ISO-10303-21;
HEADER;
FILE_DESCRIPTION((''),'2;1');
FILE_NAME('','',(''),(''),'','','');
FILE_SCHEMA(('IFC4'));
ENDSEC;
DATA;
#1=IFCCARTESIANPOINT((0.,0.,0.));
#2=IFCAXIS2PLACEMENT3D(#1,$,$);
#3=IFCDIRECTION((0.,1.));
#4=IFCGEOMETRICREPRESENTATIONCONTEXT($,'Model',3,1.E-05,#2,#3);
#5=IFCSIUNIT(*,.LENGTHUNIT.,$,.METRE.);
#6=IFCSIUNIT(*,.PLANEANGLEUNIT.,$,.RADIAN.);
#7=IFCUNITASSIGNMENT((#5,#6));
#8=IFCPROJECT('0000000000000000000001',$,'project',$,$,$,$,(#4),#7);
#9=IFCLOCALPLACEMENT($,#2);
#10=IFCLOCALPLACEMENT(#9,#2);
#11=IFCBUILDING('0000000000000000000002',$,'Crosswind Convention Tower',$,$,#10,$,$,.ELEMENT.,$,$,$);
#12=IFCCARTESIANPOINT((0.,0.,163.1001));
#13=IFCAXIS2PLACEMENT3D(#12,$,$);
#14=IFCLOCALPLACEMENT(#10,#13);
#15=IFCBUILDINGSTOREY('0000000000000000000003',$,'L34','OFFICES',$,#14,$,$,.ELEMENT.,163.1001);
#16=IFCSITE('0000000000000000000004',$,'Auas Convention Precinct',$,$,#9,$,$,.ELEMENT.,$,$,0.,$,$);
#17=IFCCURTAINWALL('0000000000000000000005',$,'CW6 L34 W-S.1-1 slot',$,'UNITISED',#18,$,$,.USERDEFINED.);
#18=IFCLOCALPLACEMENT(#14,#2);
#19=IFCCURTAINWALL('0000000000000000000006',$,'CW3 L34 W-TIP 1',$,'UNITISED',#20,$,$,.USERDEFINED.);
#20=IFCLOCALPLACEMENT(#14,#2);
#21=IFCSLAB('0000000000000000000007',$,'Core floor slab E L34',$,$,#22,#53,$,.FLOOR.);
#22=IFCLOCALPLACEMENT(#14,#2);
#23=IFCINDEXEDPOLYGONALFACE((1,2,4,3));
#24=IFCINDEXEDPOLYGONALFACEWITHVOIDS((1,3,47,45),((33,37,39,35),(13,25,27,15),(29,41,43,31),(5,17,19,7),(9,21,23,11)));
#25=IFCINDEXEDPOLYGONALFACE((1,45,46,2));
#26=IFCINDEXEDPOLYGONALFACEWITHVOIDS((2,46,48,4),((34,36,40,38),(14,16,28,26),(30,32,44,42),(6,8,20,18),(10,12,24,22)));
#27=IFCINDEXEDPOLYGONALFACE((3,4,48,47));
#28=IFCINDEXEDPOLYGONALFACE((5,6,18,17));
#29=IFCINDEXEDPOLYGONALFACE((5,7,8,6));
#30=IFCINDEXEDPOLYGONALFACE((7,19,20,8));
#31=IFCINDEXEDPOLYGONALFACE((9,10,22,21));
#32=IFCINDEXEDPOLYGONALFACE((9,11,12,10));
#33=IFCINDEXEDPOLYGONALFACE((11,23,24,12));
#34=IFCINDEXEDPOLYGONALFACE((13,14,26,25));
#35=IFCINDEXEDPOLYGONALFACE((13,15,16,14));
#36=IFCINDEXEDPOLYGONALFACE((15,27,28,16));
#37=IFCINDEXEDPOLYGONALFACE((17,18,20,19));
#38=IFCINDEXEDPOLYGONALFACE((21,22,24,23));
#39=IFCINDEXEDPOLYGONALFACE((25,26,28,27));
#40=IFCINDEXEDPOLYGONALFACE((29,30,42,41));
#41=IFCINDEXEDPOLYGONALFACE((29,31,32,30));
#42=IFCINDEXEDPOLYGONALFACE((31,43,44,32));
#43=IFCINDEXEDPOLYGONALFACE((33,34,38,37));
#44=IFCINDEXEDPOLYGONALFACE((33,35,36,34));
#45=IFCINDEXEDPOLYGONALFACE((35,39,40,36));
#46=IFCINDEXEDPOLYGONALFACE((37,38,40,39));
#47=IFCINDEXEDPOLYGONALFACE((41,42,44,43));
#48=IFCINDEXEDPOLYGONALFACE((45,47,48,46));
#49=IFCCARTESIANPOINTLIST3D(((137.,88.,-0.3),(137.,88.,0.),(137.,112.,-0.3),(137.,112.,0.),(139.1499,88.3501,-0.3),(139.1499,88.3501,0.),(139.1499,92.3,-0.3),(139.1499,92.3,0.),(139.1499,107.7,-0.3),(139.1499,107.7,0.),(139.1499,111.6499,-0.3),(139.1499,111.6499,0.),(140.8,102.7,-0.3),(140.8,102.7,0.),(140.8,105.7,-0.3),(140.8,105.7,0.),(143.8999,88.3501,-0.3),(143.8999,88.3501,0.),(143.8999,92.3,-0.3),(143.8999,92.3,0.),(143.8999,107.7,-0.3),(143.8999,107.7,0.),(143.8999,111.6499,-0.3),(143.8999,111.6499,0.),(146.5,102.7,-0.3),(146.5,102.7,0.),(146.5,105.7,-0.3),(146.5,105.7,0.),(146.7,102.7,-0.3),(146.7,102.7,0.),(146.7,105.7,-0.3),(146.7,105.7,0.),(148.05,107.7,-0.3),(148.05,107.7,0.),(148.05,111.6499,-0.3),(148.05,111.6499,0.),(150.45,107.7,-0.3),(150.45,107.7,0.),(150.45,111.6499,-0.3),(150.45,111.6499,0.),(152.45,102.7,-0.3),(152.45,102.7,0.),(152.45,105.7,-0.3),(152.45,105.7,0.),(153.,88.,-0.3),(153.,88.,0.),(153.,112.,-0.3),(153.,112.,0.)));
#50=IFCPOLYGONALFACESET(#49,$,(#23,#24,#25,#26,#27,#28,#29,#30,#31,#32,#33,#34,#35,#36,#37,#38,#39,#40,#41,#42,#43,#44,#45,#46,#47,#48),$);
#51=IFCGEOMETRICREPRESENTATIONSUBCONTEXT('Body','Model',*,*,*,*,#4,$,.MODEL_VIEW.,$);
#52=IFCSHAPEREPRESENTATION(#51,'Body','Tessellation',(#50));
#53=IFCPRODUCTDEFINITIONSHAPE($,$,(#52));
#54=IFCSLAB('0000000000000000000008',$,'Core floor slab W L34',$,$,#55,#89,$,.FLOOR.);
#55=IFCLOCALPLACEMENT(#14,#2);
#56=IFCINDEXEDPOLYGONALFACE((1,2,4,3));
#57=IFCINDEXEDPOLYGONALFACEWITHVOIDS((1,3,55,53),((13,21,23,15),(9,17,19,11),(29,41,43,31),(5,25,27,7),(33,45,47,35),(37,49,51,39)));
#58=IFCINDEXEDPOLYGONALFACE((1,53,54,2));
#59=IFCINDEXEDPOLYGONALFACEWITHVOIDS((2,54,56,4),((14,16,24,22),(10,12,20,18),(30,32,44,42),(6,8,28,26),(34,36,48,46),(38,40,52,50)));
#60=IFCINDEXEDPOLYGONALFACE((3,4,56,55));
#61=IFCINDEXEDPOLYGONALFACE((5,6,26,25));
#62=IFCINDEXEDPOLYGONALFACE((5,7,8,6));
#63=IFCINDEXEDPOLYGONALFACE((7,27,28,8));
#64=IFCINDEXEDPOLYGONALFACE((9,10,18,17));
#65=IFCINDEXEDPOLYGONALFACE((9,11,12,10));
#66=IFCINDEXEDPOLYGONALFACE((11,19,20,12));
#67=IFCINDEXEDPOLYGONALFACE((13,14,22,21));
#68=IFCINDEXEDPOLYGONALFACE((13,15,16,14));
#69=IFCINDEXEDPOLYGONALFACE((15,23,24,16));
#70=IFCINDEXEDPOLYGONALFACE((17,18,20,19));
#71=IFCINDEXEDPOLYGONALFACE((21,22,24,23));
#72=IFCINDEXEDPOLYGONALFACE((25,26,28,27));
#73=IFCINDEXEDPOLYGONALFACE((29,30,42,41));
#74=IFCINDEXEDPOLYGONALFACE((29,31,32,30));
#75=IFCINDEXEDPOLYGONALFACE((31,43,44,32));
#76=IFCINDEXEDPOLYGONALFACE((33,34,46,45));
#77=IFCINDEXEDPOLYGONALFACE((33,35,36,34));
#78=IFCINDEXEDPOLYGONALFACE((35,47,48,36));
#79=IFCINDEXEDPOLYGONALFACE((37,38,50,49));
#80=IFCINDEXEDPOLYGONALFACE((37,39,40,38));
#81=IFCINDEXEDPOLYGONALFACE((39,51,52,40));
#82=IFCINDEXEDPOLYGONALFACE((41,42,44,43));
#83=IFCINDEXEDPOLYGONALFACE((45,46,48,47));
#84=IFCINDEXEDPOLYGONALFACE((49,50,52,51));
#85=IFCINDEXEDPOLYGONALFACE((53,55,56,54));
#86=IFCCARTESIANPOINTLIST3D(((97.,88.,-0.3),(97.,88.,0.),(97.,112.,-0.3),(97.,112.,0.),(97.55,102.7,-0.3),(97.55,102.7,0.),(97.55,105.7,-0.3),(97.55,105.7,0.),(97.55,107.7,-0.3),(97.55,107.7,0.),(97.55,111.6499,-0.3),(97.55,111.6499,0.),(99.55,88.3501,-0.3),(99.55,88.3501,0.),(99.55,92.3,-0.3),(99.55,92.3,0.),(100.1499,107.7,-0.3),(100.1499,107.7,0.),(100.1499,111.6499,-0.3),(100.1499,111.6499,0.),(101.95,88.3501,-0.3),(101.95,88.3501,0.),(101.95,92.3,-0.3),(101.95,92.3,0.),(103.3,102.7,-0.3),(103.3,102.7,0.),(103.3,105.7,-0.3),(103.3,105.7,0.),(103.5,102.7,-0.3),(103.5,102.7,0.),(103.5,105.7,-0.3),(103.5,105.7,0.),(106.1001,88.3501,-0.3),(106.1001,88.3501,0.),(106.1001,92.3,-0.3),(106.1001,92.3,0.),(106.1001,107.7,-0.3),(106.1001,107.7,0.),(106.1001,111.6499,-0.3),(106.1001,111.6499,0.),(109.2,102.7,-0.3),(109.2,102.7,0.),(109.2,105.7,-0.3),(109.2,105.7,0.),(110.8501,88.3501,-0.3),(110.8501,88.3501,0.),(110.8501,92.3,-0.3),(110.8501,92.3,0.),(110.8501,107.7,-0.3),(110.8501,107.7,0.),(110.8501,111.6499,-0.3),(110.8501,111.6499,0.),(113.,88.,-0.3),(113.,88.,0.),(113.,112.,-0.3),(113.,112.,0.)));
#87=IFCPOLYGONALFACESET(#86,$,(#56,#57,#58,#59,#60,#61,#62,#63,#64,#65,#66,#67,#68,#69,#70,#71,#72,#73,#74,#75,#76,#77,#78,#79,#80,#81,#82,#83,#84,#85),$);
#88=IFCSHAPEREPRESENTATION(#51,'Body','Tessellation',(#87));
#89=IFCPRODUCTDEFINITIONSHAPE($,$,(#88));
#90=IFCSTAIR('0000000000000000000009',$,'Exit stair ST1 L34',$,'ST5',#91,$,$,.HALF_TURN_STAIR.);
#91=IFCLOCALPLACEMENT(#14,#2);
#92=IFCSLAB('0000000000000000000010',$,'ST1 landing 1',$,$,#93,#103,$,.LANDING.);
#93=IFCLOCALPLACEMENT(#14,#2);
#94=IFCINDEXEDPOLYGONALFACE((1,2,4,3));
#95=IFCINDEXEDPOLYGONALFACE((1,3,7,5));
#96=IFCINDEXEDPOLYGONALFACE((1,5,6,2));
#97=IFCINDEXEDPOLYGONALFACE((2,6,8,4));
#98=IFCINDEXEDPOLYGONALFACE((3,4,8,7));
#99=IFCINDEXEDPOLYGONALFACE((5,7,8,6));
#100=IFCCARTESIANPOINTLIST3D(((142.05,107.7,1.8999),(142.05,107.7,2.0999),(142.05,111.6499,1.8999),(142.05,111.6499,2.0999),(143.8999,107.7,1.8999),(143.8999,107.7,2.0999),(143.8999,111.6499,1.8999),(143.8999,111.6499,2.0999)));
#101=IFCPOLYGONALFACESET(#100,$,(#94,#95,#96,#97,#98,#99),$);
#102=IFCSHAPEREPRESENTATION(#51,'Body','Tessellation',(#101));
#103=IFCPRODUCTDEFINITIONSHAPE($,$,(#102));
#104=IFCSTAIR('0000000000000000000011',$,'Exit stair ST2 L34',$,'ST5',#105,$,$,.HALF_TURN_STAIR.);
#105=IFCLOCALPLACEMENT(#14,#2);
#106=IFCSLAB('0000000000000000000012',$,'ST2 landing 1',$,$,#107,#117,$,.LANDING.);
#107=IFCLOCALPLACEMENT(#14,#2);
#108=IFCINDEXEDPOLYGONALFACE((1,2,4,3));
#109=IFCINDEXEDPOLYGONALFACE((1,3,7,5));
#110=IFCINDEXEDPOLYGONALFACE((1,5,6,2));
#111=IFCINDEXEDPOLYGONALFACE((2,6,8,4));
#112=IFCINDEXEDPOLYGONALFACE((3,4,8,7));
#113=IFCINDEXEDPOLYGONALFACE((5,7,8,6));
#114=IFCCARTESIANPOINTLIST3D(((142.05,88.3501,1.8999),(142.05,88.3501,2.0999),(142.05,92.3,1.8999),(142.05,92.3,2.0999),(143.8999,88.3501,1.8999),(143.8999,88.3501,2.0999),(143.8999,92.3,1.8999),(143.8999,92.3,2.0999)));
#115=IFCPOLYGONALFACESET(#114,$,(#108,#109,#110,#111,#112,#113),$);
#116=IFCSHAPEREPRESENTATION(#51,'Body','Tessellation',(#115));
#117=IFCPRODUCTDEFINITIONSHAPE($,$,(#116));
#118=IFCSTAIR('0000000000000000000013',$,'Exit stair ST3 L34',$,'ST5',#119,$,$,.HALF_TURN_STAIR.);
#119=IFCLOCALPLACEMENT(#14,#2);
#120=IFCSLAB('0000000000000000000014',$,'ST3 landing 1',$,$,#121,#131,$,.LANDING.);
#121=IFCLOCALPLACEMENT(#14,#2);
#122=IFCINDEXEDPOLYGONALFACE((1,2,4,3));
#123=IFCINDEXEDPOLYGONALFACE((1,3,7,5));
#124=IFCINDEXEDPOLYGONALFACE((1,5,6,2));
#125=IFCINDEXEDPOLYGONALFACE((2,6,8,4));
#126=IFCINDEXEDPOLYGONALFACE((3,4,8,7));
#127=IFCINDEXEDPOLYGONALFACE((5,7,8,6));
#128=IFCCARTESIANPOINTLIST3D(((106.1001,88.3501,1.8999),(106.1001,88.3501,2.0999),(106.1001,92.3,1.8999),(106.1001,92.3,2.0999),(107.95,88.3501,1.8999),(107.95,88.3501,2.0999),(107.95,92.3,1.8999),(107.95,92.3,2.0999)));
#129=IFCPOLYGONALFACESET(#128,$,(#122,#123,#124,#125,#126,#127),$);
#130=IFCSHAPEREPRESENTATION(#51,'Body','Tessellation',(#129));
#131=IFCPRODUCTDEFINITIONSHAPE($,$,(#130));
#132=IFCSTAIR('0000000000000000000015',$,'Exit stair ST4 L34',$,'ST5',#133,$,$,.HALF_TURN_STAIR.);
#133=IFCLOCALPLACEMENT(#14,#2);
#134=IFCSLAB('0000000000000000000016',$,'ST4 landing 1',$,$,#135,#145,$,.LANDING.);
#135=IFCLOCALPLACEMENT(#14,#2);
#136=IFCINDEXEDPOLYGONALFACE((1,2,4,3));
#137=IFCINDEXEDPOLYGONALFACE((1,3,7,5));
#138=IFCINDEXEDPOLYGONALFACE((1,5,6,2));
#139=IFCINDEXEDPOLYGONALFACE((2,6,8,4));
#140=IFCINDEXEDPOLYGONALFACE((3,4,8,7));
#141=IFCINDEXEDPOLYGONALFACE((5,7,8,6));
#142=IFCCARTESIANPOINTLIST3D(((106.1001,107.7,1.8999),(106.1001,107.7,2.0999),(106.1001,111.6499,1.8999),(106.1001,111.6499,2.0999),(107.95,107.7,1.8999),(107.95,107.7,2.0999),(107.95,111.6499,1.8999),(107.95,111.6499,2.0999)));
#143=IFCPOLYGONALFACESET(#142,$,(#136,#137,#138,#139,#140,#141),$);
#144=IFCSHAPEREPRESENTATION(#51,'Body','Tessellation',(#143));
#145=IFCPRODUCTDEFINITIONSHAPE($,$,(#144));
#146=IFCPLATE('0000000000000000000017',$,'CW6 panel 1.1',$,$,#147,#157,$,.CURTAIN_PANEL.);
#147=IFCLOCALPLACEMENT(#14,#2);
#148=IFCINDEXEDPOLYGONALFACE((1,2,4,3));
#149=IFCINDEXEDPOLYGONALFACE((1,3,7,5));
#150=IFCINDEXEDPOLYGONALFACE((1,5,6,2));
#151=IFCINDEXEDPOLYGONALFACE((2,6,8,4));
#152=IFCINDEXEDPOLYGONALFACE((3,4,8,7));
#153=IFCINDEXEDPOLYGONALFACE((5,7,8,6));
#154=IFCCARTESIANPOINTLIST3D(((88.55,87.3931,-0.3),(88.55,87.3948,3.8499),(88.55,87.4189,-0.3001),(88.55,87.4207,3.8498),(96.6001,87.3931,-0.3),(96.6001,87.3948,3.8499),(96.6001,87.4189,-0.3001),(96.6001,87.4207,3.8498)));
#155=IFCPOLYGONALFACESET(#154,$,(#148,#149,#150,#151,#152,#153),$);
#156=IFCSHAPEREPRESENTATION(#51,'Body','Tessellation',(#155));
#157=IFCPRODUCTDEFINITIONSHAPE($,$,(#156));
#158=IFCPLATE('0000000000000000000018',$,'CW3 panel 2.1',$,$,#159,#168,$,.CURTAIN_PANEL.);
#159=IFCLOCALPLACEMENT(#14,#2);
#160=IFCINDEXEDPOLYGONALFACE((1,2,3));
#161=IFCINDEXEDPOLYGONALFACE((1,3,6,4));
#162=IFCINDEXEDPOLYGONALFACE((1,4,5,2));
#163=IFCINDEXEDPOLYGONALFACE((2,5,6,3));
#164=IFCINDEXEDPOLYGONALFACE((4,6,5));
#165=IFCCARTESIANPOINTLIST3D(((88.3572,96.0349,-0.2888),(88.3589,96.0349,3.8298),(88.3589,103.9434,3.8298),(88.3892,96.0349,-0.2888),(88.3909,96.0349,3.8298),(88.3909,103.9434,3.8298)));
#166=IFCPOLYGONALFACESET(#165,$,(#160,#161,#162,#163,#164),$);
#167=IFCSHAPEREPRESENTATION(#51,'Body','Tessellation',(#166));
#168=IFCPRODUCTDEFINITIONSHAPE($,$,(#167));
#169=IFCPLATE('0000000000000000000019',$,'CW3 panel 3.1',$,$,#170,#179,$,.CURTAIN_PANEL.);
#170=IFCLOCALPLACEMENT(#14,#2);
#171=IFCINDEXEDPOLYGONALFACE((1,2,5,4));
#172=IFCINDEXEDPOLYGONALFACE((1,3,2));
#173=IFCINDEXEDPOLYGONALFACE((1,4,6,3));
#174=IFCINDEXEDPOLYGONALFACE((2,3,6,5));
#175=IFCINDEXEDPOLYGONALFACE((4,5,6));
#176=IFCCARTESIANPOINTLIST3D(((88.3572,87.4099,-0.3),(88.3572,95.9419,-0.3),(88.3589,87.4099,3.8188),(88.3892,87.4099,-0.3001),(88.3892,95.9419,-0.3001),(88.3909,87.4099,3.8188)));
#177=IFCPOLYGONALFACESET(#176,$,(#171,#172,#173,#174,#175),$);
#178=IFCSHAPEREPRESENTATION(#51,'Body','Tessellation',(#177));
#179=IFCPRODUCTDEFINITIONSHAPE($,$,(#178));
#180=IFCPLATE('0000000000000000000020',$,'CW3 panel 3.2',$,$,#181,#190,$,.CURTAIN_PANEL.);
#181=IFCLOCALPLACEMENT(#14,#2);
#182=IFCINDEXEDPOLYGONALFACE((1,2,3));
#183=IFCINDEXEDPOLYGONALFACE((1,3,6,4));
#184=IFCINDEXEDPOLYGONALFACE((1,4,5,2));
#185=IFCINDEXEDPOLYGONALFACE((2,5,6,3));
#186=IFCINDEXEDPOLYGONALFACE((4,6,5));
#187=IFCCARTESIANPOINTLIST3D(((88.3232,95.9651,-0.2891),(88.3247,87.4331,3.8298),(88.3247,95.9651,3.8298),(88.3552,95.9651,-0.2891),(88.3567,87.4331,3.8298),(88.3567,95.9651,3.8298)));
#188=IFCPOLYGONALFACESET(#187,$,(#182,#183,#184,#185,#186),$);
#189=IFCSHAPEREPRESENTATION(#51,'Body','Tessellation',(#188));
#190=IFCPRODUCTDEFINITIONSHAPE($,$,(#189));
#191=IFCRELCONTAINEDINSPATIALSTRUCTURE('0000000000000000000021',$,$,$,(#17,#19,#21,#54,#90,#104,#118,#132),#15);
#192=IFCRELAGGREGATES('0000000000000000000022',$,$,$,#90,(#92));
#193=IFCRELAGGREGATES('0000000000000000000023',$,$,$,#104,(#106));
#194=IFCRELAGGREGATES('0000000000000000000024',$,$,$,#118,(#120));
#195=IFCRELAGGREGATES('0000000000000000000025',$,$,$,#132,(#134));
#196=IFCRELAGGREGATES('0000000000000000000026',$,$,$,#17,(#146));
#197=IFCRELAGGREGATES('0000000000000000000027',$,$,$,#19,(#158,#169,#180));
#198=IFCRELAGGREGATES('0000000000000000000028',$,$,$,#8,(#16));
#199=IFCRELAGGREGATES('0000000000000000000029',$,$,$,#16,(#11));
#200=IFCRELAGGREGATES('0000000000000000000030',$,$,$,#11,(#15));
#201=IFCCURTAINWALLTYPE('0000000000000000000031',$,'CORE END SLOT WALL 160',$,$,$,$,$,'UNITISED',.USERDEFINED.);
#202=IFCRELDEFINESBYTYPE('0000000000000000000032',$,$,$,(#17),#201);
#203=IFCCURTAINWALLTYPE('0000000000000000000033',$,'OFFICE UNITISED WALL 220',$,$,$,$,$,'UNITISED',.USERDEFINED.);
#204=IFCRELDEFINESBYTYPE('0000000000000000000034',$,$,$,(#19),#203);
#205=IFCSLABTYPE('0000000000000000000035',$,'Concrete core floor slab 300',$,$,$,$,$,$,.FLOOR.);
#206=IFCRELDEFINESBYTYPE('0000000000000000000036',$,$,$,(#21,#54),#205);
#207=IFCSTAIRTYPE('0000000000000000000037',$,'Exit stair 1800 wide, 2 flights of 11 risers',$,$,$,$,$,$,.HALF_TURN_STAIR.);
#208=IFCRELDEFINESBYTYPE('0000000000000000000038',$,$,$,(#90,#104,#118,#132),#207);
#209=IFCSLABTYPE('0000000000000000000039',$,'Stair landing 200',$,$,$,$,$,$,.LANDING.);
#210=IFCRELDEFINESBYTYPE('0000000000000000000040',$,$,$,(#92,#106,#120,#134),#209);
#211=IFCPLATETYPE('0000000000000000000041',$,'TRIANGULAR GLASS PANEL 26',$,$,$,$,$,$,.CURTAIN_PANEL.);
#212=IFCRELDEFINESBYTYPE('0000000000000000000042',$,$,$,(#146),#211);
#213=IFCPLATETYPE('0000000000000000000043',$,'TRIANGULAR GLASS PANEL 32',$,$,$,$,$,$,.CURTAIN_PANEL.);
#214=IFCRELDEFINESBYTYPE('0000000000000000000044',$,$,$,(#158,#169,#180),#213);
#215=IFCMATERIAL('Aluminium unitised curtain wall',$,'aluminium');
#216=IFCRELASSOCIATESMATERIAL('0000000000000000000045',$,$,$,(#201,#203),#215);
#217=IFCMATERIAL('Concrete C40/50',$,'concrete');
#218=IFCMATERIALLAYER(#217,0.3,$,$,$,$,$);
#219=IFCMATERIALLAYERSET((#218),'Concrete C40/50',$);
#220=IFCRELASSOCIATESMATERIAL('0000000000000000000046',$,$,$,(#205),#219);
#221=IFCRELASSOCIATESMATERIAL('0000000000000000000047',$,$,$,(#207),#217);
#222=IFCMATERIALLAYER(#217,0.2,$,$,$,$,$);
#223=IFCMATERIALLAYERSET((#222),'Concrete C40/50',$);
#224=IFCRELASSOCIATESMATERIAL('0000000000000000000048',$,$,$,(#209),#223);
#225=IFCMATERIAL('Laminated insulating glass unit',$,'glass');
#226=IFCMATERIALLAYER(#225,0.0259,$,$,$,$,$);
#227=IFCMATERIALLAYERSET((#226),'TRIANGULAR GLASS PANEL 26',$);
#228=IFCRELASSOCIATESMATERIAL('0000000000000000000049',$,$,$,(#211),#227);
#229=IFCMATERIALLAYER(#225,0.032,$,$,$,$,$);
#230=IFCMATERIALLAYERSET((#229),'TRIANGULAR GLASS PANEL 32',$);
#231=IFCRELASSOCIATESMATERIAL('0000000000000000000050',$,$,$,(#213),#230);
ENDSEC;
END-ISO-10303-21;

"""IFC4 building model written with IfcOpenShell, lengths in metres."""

from ifc_helpers import new_model, si_unit, direction, frame, origin, place, context, subcontext, project, spatial, polyline, outline, extrude, material, layer, layer_set, type_object, element, aggregate, save


model = new_model("IFC4")

# Units and contexts
model_context = context("Model", 3, precision=1e-05, world=origin(), true_north=direction((0.0, 1.0)))
body_context = subcontext(model_context, "Body", "Model", "MODEL_VIEW")
ifc_project = project(units=[si_unit("LENGTHUNIT", "METRE"), si_unit("PLANEANGLEUNIT", "RADIAN")], contexts=[model_context])

# Site, building, storey
site_placement = place(None, origin())
site = spatial("IfcSite", under=ifc_project, at=site_placement, Name="Auas Convention Precinct", CompositionType="ELEMENT", RefElevation=0.0)
building_placement = place(site_placement, origin())
building = spatial("IfcBuilding", under=site, at=building_placement, Name="Crosswind Convention Tower", CompositionType="ELEMENT")
storey_placement = place(building_placement, frame((0.0, 0.0, 163.1001)))
storey = spatial("IfcBuildingStorey", under=building, at=storey_placement, Name="L34", Description="OFFICES", CompositionType="ELEMENT", Elevation=163.1001)

# Curtain wall
ifc_material_1 = material(Name="Aluminium unitised curtain wall", Category="aluminium")
curtain_wall_type_1 = type_object("IfcCurtainWallType", Name="CORE END SLOT WALL 160", ElementType="UNITISED", PredefinedType="USERDEFINED", material=ifc_material_1)
curtain_wall_1_placement = place(storey_placement, origin())
curtain_wall_1 = element("IfcCurtainWall", 1, at=curtain_wall_1_placement, inside=storey, type_object=curtain_wall_type_1, Name="CW6 L34 W-S.1-1 slot", ObjectType="UNITISED", PredefinedType="USERDEFINED")

# Curtain wall
curtain_wall_type_2 = type_object("IfcCurtainWallType", Name="OFFICE UNITISED WALL 220", ElementType="UNITISED", PredefinedType="USERDEFINED", material=ifc_material_1)
curtain_wall_2_placement = place(storey_placement, origin())
curtain_wall_2 = element("IfcCurtainWall", 2, at=curtain_wall_2_placement, inside=storey, type_object=curtain_wall_type_2, Name="CW3 L34 W-TIP 1", ObjectType="UNITISED", PredefinedType="USERDEFINED")

# Slabs
ifc_material_2 = material(Name="Concrete C40/50", Category="concrete")
ifc_layer_1 = layer(ifc_material_2, 0.3)
ifc_layer_set_1 = layer_set([ifc_layer_1], Name="Concrete C40/50")
slab_type_1 = type_object("IfcSlabType", Name="Concrete core floor slab 300", PredefinedType="FLOOR", material=ifc_layer_set_1)
slab_1_placement = place(storey_placement, frame((0.0, 0.0, -0.3)))
element("IfcSlab", 3, at=slab_1_placement, inside=storey, type_object=slab_type_1, Name="Core floor slab E L34", PredefinedType="FLOOR", context=body_context, shape_type="SweptSolid", body=[
    extrude(outline(polyline([(137.0, 88.0), (153.0, 88.0), (153.0, 112.0), (137.0, 112.0), (137.0, 88.0)]), holes=[polyline([(146.5, 102.7), (146.5, 105.7), (140.8, 105.7), (140.8, 102.7), (146.5, 102.7)]), polyline([(152.45, 102.7), (152.45, 105.7), (146.7, 105.7), (146.7, 102.7), (152.45, 102.7)]), polyline([(150.45, 107.7), (150.45, 111.6499), (148.05, 111.6499), (148.05, 107.7), (150.45, 107.7)]), polyline([(143.8999, 107.7), (143.8999, 111.6499), (139.1499, 111.6499), (139.1499, 107.7), (143.8999, 107.7)]), polyline([(143.8999, 88.3501), (143.8999, 92.3), (139.1499, 92.3), (139.1499, 88.3501), (143.8999, 88.3501)])]), origin(), (0.0, 0.0, 1.0), 0.3),
])
slab_2_placement = place(storey_placement, frame((0.0, 0.0, -0.3)))
element("IfcSlab", 4, at=slab_2_placement, inside=storey, type_object=slab_type_1, Name="Core floor slab W L34", PredefinedType="FLOOR", context=body_context, shape_type="SweptSolid", body=[
    extrude(outline(polyline([(97.0, 88.0), (113.0, 88.0), (113.0, 112.0), (97.0, 112.0), (97.0, 88.0)]), holes=[polyline([(109.2, 102.7), (109.2, 105.7), (103.5, 105.7), (103.5, 102.7), (109.2, 102.7)]), polyline([(103.3, 102.7), (103.3, 105.7), (97.55, 105.7), (97.55, 102.7), (103.3, 102.7)]), polyline([(101.95, 88.3501), (101.95, 92.3), (99.55, 92.3), (99.55, 88.3501), (101.95, 88.3501)]), polyline([(100.1499, 107.7), (100.1499, 111.6499), (97.55, 111.6499), (97.55, 107.7), (100.1499, 107.7)]), polyline([(110.8501, 88.3501), (110.8501, 92.3), (106.1001, 92.3), (106.1001, 88.3501), (110.8501, 88.3501)]), polyline([(110.8501, 107.7), (110.8501, 111.6499), (106.1001, 111.6499), (106.1001, 107.7), (110.8501, 107.7)])]), origin(), (0.0, 0.0, 1.0), 0.3),
])

# Stairs, slabs
stair_type = type_object("IfcStairType", Name="Exit stair 1800 wide, 2 flights of 11 risers", PredefinedType="HALF_TURN_STAIR", material=ifc_material_2)
stair_1_placement = place(storey_placement, origin())
stair_1 = element("IfcStair", 5, at=stair_1_placement, inside=storey, type_object=stair_type, Name="Exit stair ST1 L34", ObjectType="ST5", PredefinedType="HALF_TURN_STAIR")
ifc_layer_2 = layer(ifc_material_2, 0.2)
ifc_layer_set_2 = layer_set([ifc_layer_2], Name="Concrete C40/50")
slab_type_2 = type_object("IfcSlabType", Name="Stair landing 200", PredefinedType="LANDING", material=ifc_layer_set_2)
slab_3_placement = place(storey_placement, frame((0.0, 0.0, 1.8999)))
slab_3 = element("IfcSlab", 6, at=slab_3_placement, type_object=slab_type_2, Name="ST1 landing 1", PredefinedType="LANDING", context=body_context, shape_type="SweptSolid", body=[
    extrude(outline(polyline([(143.8999, 107.7), (143.8999, 111.6499), (142.05, 111.6499), (142.05, 107.7), (143.8999, 107.7)])), origin(), (0.0, 0.0, 1.0), 0.2),
])
aggregate(stair_1, [slab_3])
stair_2_placement = place(storey_placement, origin())
stair_2 = element("IfcStair", 7, at=stair_2_placement, inside=storey, type_object=stair_type, Name="Exit stair ST2 L34", ObjectType="ST5", PredefinedType="HALF_TURN_STAIR")
slab_4_placement = place(storey_placement, frame((0.0, 0.0, 1.8999)))
slab_4 = element("IfcSlab", 8, at=slab_4_placement, type_object=slab_type_2, Name="ST2 landing 1", PredefinedType="LANDING", context=body_context, shape_type="SweptSolid", body=[
    extrude(outline(polyline([(143.8999, 88.3501), (143.8999, 92.3), (142.05, 92.3), (142.05, 88.3501), (143.8999, 88.3501)])), origin(), (0.0, 0.0, 1.0), 0.2),
])
aggregate(stair_2, [slab_4])
stair_3_placement = place(storey_placement, origin())
stair_3 = element("IfcStair", 9, at=stair_3_placement, inside=storey, type_object=stair_type, Name="Exit stair ST3 L34", ObjectType="ST5", PredefinedType="HALF_TURN_STAIR")
slab_5_placement = place(storey_placement, frame((0.0, 0.0, 1.8999)))
slab_5 = element("IfcSlab", 10, at=slab_5_placement, type_object=slab_type_2, Name="ST3 landing 1", PredefinedType="LANDING", context=body_context, shape_type="SweptSolid", body=[
    extrude(outline(polyline([(107.95, 88.3501), (107.95, 92.3), (106.1001, 92.3), (106.1001, 88.3501), (107.95, 88.3501)])), origin(), (0.0, 0.0, 1.0), 0.2),
])
aggregate(stair_3, [slab_5])
stair_4_placement = place(storey_placement, origin())
stair_4 = element("IfcStair", 11, at=stair_4_placement, inside=storey, type_object=stair_type, Name="Exit stair ST4 L34", ObjectType="ST5", PredefinedType="HALF_TURN_STAIR")
slab_6_placement = place(storey_placement, frame((0.0, 0.0, 1.8999)))
slab_6 = element("IfcSlab", 12, at=slab_6_placement, type_object=slab_type_2, Name="ST4 landing 1", PredefinedType="LANDING", context=body_context, shape_type="SweptSolid", body=[
    extrude(outline(polyline([(107.95, 107.7), (107.95, 111.6499), (106.1001, 111.6499), (106.1001, 107.7), (107.95, 107.7)])), origin(), (0.0, 0.0, 1.0), 0.2),
])
aggregate(stair_4, [slab_6])

# Plates
ifc_material_3 = material(Name="Laminated insulating glass unit", Category="glass")
ifc_layer_3 = layer(ifc_material_3, 0.0259)
ifc_layer_set_3 = layer_set([ifc_layer_3], Name="TRIANGULAR GLASS PANEL 26")
plate_type_1 = type_object("IfcPlateType", Name="TRIANGULAR GLASS PANEL 26", PredefinedType="CURTAIN_PANEL", material=ifc_layer_set_3)
plate_1_placement = place(storey_placement, frame((88.55, 87.3931, -0.3), z_axis=(0.0, -1.0, 0.000412), x_axis=(1.0, 0.0, 0.0)))
plate_1 = element("IfcPlate", 13, at=plate_1_placement, type_object=plate_type_1, Name="CW6 panel 1.1", PredefinedType="CURTAIN_PANEL", context=body_context, shape_type="SweptSolid", body=[
    extrude(outline(polyline([(0.0, 0.0), (8.05, 0.0), (8.05, 4.1499), (0.0, 4.1499), (0.0, 0.0)])), origin(), (0.0, 0.0, -1.0), 0.0259),
])
aggregate(curtain_wall_1, [plate_1])
ifc_layer_4 = layer(ifc_material_3, 0.032)
ifc_layer_set_4 = layer_set([ifc_layer_4], Name="TRIANGULAR GLASS PANEL 32")
plate_type_2 = type_object("IfcPlateType", Name="TRIANGULAR GLASS PANEL 32", PredefinedType="CURTAIN_PANEL", material=ifc_layer_set_4)
plate_2_placement = place(storey_placement, frame((88.3589, 96.0349, 3.8298), z_axis=(-1.0, 0.0, 0.000415), x_axis=(0.0, 1.0, 0.0)))
plate_2 = element("IfcPlate", 14, at=plate_2_placement, type_object=plate_type_2, Name="CW3 panel 2.1", PredefinedType="CURTAIN_PANEL", context=body_context, shape_type="SweptSolid", body=[
    extrude(outline(polyline([(0.0, 0.0), (7.9084, 0.0), (0.0, 4.1187), (0.0, 0.0)])), origin(), (0.0, 0.0, -1.0), 0.032),
])
plate_3_placement = place(storey_placement, frame((88.3572, 87.4099, -0.3), z_axis=(-1.0, 0.0, 0.000415), x_axis=(0.000415, 0.0, 1.0)))
plate_3 = element("IfcPlate", 15, at=plate_3_placement, type_object=plate_type_2, Name="CW3 panel 3.1", PredefinedType="CURTAIN_PANEL", context=body_context, shape_type="SweptSolid", body=[
    extrude(outline(polyline([(0.0, 0.0), (4.1189, 0.0), (0.0, 8.532), (0.0, 0.0)])), origin(), (0.0, 0.0, -1.0), 0.032),
])
plate_4_placement = place(storey_placement, frame((88.3247, 95.9651, 3.8298), z_axis=(-1.0, 0.0, 0.000356), x_axis=(-0.000356, 0.0, -1.0)))
plate_4 = element("IfcPlate", 16, at=plate_4_placement, type_object=plate_type_2, Name="CW3 panel 3.2", PredefinedType="CURTAIN_PANEL", context=body_context, shape_type="SweptSolid", body=[
    extrude(outline(polyline([(0.0, 0.0), (4.1189, 0.0), (0.0, 8.532), (0.0, 0.0)])), origin(), (0.0, 0.0, -1.0), 0.032),
])
aggregate(curtain_wall_2, [plate_2, plate_3, plate_4])

save(model, "model.ifc")
